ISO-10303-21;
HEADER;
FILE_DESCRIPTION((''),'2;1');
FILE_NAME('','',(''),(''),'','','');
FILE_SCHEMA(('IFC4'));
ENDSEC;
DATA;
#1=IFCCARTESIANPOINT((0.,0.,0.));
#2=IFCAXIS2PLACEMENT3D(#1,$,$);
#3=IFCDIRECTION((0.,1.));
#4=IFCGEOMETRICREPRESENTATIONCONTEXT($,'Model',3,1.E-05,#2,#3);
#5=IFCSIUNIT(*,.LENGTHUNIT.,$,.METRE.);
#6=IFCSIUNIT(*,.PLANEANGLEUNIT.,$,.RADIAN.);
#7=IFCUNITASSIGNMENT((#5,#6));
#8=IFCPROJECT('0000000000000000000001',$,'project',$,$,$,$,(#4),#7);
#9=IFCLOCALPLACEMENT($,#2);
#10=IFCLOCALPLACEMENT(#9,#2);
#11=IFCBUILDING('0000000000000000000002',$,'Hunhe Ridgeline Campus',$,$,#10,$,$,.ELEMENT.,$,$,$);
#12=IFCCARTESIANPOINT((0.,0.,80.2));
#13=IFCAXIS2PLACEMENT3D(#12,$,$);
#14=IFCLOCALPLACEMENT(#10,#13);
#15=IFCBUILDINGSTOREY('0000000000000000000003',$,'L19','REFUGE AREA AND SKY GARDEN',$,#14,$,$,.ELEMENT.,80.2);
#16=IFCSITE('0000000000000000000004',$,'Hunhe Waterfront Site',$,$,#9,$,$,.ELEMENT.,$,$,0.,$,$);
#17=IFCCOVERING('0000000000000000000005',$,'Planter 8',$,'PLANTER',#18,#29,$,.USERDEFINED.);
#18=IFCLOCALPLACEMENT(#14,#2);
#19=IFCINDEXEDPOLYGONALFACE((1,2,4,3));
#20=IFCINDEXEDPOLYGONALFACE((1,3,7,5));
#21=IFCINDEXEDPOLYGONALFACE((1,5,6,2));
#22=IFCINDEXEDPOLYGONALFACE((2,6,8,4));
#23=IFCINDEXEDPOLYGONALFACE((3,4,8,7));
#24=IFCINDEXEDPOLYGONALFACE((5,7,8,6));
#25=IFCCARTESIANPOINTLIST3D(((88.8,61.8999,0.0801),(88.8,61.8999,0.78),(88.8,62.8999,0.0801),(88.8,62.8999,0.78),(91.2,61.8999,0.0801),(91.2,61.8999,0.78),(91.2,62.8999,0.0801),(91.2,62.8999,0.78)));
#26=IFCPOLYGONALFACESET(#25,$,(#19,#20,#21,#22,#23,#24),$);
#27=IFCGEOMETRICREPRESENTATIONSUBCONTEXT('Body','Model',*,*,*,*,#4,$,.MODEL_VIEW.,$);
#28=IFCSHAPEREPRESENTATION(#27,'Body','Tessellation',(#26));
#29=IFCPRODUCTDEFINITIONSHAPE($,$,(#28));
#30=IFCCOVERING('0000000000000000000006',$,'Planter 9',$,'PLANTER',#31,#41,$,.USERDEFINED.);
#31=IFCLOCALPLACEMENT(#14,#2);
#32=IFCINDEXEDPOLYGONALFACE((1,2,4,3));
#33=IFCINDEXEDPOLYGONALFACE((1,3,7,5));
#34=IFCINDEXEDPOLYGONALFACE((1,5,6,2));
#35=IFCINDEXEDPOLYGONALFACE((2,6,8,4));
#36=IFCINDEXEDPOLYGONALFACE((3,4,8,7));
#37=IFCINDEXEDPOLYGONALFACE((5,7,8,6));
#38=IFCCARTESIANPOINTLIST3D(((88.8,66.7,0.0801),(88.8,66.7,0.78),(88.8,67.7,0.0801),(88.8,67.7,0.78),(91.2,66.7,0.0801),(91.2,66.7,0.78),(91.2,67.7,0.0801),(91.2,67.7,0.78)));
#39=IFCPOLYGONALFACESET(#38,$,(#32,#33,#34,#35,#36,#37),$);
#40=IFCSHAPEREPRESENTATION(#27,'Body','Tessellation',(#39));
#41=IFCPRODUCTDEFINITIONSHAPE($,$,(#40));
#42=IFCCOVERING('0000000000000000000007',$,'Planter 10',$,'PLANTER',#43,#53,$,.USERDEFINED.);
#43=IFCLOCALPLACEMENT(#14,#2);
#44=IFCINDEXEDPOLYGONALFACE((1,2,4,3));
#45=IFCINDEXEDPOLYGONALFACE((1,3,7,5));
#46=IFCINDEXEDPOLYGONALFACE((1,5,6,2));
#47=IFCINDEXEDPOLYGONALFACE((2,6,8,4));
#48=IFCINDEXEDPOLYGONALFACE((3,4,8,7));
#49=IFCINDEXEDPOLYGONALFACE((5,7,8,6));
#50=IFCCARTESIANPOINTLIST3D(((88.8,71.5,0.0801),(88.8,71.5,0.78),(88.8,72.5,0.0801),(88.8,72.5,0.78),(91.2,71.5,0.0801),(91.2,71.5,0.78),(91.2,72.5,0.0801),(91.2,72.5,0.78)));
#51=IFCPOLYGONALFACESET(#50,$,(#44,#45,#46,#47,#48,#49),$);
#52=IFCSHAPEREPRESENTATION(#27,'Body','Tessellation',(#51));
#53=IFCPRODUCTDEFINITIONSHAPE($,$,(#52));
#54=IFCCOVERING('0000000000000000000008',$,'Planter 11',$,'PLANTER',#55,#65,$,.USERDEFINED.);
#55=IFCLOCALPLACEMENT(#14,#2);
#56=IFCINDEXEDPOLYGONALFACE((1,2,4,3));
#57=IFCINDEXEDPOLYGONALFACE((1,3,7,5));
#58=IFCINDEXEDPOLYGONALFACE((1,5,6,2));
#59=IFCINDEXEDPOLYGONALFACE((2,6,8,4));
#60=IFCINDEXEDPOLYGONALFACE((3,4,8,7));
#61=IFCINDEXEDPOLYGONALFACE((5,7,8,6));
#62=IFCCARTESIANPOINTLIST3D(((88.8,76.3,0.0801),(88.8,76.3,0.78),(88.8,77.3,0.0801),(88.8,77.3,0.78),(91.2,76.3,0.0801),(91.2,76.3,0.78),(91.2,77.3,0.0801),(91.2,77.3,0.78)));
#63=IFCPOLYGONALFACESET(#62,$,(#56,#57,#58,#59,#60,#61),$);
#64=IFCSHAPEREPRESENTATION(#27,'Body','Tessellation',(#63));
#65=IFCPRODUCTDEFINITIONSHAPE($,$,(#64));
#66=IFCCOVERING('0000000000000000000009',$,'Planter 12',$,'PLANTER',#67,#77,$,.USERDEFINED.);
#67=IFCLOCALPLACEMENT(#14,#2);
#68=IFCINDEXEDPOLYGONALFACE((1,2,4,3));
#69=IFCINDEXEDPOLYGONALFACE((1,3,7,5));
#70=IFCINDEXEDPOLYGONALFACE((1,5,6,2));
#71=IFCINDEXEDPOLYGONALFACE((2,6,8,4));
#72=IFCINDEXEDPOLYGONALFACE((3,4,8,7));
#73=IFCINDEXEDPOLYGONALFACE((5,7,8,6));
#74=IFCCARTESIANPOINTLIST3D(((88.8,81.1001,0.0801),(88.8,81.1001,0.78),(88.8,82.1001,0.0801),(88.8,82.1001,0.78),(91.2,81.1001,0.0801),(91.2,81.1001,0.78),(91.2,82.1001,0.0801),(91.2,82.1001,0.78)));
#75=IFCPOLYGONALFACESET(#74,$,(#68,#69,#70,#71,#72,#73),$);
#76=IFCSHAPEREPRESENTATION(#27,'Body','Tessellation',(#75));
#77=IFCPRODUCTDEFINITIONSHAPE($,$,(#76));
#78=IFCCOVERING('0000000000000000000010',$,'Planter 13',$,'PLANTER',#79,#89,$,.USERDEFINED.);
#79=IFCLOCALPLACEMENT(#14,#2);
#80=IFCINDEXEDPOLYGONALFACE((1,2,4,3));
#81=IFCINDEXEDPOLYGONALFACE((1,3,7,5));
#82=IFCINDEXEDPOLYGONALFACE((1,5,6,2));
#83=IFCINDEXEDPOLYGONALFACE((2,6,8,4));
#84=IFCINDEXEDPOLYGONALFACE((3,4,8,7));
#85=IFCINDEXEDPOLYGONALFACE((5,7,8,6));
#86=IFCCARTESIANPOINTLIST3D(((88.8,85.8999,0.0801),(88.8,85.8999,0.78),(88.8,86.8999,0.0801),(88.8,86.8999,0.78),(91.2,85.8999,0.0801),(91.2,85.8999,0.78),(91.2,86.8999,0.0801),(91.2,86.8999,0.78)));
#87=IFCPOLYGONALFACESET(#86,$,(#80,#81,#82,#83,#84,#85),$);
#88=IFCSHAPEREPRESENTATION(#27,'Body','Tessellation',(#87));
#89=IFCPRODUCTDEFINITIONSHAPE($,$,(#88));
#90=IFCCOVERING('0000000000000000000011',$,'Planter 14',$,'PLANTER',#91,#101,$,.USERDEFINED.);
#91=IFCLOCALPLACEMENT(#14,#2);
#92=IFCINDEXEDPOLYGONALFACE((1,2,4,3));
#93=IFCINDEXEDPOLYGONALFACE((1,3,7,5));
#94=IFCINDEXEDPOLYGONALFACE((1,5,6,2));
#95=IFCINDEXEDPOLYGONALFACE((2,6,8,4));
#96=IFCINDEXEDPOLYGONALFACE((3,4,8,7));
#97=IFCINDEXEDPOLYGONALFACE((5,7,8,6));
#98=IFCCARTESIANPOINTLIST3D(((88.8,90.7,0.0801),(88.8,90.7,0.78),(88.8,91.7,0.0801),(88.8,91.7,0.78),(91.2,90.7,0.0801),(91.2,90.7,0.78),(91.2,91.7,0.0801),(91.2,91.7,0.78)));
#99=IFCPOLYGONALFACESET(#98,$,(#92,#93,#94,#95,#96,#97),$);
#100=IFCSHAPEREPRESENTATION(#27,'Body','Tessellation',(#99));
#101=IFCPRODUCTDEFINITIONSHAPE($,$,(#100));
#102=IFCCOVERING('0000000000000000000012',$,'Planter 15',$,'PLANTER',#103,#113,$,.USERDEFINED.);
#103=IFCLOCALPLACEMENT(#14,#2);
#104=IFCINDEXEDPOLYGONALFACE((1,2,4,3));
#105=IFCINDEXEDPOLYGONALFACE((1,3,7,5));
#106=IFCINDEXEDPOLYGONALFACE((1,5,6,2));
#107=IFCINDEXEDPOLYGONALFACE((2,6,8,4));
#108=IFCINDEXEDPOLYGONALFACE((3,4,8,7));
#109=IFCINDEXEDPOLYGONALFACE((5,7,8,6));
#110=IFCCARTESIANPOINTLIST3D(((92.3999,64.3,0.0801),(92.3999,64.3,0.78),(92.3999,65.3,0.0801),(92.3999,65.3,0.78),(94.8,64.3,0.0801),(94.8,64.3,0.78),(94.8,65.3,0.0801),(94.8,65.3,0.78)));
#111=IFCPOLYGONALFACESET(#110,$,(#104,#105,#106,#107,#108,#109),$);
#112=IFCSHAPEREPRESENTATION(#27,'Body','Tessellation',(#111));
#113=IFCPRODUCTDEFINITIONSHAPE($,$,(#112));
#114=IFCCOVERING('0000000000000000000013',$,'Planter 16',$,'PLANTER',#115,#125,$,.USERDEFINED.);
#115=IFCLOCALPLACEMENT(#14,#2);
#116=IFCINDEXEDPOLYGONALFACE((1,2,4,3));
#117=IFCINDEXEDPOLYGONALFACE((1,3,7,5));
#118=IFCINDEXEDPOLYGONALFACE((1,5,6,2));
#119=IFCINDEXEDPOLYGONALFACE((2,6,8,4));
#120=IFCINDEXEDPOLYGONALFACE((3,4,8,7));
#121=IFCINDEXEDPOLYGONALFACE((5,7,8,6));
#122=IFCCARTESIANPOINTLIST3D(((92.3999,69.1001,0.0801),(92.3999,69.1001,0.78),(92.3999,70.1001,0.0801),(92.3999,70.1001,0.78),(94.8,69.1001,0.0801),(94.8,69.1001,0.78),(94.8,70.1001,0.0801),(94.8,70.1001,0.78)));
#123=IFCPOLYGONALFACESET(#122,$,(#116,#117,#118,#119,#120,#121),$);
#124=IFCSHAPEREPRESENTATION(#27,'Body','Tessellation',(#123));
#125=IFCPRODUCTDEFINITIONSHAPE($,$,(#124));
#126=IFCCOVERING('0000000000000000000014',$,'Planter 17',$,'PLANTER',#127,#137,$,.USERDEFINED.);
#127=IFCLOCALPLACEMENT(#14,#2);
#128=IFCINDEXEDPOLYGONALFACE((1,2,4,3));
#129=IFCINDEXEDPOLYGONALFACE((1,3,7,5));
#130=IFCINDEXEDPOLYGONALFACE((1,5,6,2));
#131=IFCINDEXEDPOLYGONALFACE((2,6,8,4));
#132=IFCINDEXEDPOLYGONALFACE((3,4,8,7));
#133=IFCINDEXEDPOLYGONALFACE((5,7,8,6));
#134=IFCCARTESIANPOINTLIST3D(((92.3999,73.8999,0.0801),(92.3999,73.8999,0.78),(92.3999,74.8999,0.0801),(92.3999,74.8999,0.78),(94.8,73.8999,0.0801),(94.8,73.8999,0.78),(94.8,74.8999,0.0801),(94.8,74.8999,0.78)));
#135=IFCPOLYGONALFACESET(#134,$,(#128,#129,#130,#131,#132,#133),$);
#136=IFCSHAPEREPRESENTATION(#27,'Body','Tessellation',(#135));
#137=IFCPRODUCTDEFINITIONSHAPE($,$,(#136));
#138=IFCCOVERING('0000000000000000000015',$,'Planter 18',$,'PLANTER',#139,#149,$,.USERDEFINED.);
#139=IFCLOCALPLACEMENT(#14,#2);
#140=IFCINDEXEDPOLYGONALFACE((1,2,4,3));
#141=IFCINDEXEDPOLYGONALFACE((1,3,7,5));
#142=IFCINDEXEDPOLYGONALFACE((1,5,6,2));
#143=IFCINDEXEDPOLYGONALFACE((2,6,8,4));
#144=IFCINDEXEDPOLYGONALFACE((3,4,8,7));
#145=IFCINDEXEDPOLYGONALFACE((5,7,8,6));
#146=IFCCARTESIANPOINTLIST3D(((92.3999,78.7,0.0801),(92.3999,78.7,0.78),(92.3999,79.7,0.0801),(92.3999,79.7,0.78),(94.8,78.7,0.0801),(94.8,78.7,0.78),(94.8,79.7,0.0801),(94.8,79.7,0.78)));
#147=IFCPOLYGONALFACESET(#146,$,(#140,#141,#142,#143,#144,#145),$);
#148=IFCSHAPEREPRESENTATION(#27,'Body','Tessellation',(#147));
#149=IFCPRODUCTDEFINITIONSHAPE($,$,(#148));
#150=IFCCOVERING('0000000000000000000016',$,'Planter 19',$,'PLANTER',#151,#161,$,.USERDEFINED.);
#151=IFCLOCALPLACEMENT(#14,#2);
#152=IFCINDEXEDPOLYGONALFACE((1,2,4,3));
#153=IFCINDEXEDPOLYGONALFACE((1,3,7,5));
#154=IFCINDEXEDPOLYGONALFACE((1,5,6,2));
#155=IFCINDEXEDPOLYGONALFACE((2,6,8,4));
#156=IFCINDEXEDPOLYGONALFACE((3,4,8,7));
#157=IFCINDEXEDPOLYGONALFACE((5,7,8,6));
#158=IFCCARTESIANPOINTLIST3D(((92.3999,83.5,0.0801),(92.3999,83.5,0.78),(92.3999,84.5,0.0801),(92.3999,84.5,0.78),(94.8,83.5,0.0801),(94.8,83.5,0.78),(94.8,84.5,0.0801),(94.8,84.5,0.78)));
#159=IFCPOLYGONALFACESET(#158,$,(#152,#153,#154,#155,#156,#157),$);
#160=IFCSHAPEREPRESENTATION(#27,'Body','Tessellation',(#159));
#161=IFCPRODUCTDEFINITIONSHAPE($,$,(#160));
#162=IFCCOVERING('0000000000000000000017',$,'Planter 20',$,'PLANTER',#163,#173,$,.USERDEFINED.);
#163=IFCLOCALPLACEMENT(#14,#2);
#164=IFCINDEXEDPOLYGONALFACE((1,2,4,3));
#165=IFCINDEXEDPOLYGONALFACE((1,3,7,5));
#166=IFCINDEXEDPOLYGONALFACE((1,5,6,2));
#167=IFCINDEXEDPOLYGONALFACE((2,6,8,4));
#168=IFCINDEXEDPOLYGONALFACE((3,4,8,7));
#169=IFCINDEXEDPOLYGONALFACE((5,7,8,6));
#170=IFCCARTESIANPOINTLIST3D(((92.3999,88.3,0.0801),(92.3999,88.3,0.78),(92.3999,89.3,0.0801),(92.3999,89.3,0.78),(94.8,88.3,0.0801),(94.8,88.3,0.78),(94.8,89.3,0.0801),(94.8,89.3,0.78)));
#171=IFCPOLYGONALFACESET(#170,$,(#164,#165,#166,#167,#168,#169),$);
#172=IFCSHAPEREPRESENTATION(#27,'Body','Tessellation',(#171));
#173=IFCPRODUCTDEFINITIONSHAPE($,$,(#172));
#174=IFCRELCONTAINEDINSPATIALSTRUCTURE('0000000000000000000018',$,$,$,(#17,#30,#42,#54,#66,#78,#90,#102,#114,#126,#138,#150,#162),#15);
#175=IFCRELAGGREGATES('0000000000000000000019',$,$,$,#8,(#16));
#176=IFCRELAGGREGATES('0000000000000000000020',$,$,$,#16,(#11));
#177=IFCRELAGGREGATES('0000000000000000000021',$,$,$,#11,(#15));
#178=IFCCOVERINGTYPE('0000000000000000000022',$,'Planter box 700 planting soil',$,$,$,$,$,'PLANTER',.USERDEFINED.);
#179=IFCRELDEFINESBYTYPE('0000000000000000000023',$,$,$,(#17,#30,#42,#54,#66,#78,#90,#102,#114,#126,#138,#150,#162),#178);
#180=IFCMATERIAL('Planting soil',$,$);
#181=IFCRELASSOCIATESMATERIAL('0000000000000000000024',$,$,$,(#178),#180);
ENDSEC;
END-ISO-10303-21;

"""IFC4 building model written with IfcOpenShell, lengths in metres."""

from ifc_helpers import new_model, si_unit, direction, frame, origin, place, context, subcontext, project, spatial, polyline, outline, extrude, material, type_object, element, save


model = new_model("IFC4")

# Units and contexts
model_context = context("Model", 3, precision=1e-05, world=origin(), true_north=direction((0.0, 1.0)))
body_context = subcontext(model_context, "Body", "Model", "MODEL_VIEW")
ifc_project = project(units=[si_unit("LENGTHUNIT", "METRE"), si_unit("PLANEANGLEUNIT", "RADIAN")], contexts=[model_context])

# Site, building, storey
site_placement = place(None, origin())
site = spatial("IfcSite", under=ifc_project, at=site_placement, Name="Hunhe Waterfront Site", CompositionType="ELEMENT", RefElevation=0.0)
building_placement = place(site_placement, origin())
building = spatial("IfcBuilding", under=site, at=building_placement, Name="Hunhe Ridgeline Campus", CompositionType="ELEMENT")
storey_placement = place(building_placement, frame((0.0, 0.0, 80.2)))
storey = spatial("IfcBuildingStorey", under=building, at=storey_placement, Name="L19", Description="REFUGE AREA AND SKY GARDEN", CompositionType="ELEMENT", Elevation=80.2)

# Coverings
ifc_material_1 = material(Name="Planting soil")
covering_type_1 = type_object("IfcCoveringType", Name="Planter box 700 planting soil", ElementType="PLANTER", PredefinedType="USERDEFINED", material=ifc_material_1)
covering_1_placement = place(storey_placement, frame((0.0, 0.0, 0.0801)))
element("IfcCovering", 1, at=covering_1_placement, inside=storey, type_object=covering_type_1, Name="Planter 8", ObjectType="PLANTER", PredefinedType="USERDEFINED", context=body_context, shape_type="SweptSolid", body=[
    extrude(outline(polyline([(88.8, 61.8999), (91.2, 61.8999), (91.2, 62.8999), (88.8, 62.8999), (88.8, 61.8999)])), origin(), (0.0, 0.0, 1.0), 0.7),
])
covering_2_placement = place(storey_placement, frame((0.0, 0.0, 0.0801)))
element("IfcCovering", 2, at=covering_2_placement, inside=storey, type_object=covering_type_1, Name="Planter 9", ObjectType="PLANTER", PredefinedType="USERDEFINED", context=body_context, shape_type="SweptSolid", body=[
    extrude(outline(polyline([(88.8, 66.7), (91.2, 66.7), (91.2, 67.7), (88.8, 67.7), (88.8, 66.7)])), origin(), (0.0, 0.0, 1.0), 0.7),
])
covering_3_placement = place(storey_placement, frame((0.0, 0.0, 0.0801)))
element("IfcCovering", 3, at=covering_3_placement, inside=storey, type_object=covering_type_1, Name="Planter 10", ObjectType="PLANTER", PredefinedType="USERDEFINED", context=body_context, shape_type="SweptSolid", body=[
    extrude(outline(polyline([(88.8, 71.5), (91.2, 71.5), (91.2, 72.5), (88.8, 72.5), (88.8, 71.5)])), origin(), (0.0, 0.0, 1.0), 0.7),
])
covering_4_placement = place(storey_placement, frame((0.0, 0.0, 0.0801)))
element("IfcCovering", 4, at=covering_4_placement, inside=storey, type_object=covering_type_1, Name="Planter 11", ObjectType="PLANTER", PredefinedType="USERDEFINED", context=body_context, shape_type="SweptSolid", body=[
    extrude(outline(polyline([(88.8, 76.3), (91.2, 76.3), (91.2, 77.3), (88.8, 77.3), (88.8, 76.3)])), origin(), (0.0, 0.0, 1.0), 0.7),
])
covering_5_placement = place(storey_placement, frame((0.0, 0.0, 0.0801)))
element("IfcCovering", 5, at=covering_5_placement, inside=storey, type_object=covering_type_1, Name="Planter 12", ObjectType="PLANTER", PredefinedType="USERDEFINED", context=body_context, shape_type="SweptSolid", body=[
    extrude(outline(polyline([(88.8, 81.1001), (91.2, 81.1001), (91.2, 82.1001), (88.8, 82.1001), (88.8, 81.1001)])), origin(), (0.0, 0.0, 1.0), 0.7),
])
covering_6_placement = place(storey_placement, frame((0.0, 0.0, 0.0801)))
element("IfcCovering", 6, at=covering_6_placement, inside=storey, type_object=covering_type_1, Name="Planter 13", ObjectType="PLANTER", PredefinedType="USERDEFINED", context=body_context, shape_type="SweptSolid", body=[
    extrude(outline(polyline([(88.8, 85.8999), (91.2, 85.8999), (91.2, 86.8999), (88.8, 86.8999), (88.8, 85.8999)])), origin(), (0.0, 0.0, 1.0), 0.7),
])
covering_7_placement = place(storey_placement, frame((0.0, 0.0, 0.0801)))
element("IfcCovering", 7, at=covering_7_placement, inside=storey, type_object=covering_type_1, Name="Planter 14", ObjectType="PLANTER", PredefinedType="USERDEFINED", context=body_context, shape_type="SweptSolid", body=[
    extrude(outline(polyline([(88.8, 90.7), (91.2, 90.7), (91.2, 91.7), (88.8, 91.7), (88.8, 90.7)])), origin(), (0.0, 0.0, 1.0), 0.7),
])
covering_8_placement = place(storey_placement, frame((0.0, 0.0, 0.0801)))
element("IfcCovering", 8, at=covering_8_placement, inside=storey, type_object=covering_type_1, Name="Planter 15", ObjectType="PLANTER", PredefinedType="USERDEFINED", context=body_context, shape_type="SweptSolid", body=[
    extrude(outline(polyline([(92.3999, 64.3), (94.8, 64.3), (94.8, 65.3), (92.3999, 65.3), (92.3999, 64.3)])), origin(), (0.0, 0.0, 1.0), 0.7),
])
covering_9_placement = place(storey_placement, frame((0.0, 0.0, 0.0801)))
element("IfcCovering", 9, at=covering_9_placement, inside=storey, type_object=covering_type_1, Name="Planter 16", ObjectType="PLANTER", PredefinedType="USERDEFINED", context=body_context, shape_type="SweptSolid", body=[
    extrude(outline(polyline([(92.3999, 69.1001), (94.8, 69.1001), (94.8, 70.1001), (92.3999, 70.1001), (92.3999, 69.1001)])), origin(), (0.0, 0.0, 1.0), 0.7),
])
covering_10_placement = place(storey_placement, frame((0.0, 0.0, 0.0801)))
element("IfcCovering", 10, at=covering_10_placement, inside=storey, type_object=covering_type_1, Name="Planter 17", ObjectType="PLANTER", PredefinedType="USERDEFINED", context=body_context, shape_type="SweptSolid", body=[
    extrude(outline(polyline([(92.3999, 73.8999), (94.8, 73.8999), (94.8, 74.8999), (92.3999, 74.8999), (92.3999, 73.8999)])), origin(), (0.0, 0.0, 1.0), 0.7),
])
covering_11_placement = place(storey_placement, frame((0.0, 0.0, 0.0801)))
element("IfcCovering", 11, at=covering_11_placement, inside=storey, type_object=covering_type_1, Name="Planter 18", ObjectType="PLANTER", PredefinedType="USERDEFINED", context=body_context, shape_type="SweptSolid", body=[
    extrude(outline(polyline([(92.3999, 78.7), (94.8, 78.7), (94.8, 79.7), (92.3999, 79.7), (92.3999, 78.7)])), origin(), (0.0, 0.0, 1.0), 0.7),
])
covering_12_placement = place(storey_placement, frame((0.0, 0.0, 0.0801)))
element("IfcCovering", 12, at=covering_12_placement, inside=storey, type_object=covering_type_1, Name="Planter 19", ObjectType="PLANTER", PredefinedType="USERDEFINED", context=body_context, shape_type="SweptSolid", body=[
    extrude(outline(polyline([(92.3999, 83.5), (94.8, 83.5), (94.8, 84.5), (92.3999, 84.5), (92.3999, 83.5)])), origin(), (0.0, 0.0, 1.0), 0.7),
])
covering_13_placement = place(storey_placement, frame((0.0, 0.0, 0.0801)))
element("IfcCovering", 13, at=covering_13_placement, inside=storey, type_object=covering_type_1, Name="Planter 20", ObjectType="PLANTER", PredefinedType="USERDEFINED", context=body_context, shape_type="SweptSolid", body=[
    extrude(outline(polyline([(92.3999, 88.3), (94.8, 88.3), (94.8, 89.3), (92.3999, 89.3), (92.3999, 88.3)])), origin(), (0.0, 0.0, 1.0), 0.7),
])

save(model, "model.ifc")
